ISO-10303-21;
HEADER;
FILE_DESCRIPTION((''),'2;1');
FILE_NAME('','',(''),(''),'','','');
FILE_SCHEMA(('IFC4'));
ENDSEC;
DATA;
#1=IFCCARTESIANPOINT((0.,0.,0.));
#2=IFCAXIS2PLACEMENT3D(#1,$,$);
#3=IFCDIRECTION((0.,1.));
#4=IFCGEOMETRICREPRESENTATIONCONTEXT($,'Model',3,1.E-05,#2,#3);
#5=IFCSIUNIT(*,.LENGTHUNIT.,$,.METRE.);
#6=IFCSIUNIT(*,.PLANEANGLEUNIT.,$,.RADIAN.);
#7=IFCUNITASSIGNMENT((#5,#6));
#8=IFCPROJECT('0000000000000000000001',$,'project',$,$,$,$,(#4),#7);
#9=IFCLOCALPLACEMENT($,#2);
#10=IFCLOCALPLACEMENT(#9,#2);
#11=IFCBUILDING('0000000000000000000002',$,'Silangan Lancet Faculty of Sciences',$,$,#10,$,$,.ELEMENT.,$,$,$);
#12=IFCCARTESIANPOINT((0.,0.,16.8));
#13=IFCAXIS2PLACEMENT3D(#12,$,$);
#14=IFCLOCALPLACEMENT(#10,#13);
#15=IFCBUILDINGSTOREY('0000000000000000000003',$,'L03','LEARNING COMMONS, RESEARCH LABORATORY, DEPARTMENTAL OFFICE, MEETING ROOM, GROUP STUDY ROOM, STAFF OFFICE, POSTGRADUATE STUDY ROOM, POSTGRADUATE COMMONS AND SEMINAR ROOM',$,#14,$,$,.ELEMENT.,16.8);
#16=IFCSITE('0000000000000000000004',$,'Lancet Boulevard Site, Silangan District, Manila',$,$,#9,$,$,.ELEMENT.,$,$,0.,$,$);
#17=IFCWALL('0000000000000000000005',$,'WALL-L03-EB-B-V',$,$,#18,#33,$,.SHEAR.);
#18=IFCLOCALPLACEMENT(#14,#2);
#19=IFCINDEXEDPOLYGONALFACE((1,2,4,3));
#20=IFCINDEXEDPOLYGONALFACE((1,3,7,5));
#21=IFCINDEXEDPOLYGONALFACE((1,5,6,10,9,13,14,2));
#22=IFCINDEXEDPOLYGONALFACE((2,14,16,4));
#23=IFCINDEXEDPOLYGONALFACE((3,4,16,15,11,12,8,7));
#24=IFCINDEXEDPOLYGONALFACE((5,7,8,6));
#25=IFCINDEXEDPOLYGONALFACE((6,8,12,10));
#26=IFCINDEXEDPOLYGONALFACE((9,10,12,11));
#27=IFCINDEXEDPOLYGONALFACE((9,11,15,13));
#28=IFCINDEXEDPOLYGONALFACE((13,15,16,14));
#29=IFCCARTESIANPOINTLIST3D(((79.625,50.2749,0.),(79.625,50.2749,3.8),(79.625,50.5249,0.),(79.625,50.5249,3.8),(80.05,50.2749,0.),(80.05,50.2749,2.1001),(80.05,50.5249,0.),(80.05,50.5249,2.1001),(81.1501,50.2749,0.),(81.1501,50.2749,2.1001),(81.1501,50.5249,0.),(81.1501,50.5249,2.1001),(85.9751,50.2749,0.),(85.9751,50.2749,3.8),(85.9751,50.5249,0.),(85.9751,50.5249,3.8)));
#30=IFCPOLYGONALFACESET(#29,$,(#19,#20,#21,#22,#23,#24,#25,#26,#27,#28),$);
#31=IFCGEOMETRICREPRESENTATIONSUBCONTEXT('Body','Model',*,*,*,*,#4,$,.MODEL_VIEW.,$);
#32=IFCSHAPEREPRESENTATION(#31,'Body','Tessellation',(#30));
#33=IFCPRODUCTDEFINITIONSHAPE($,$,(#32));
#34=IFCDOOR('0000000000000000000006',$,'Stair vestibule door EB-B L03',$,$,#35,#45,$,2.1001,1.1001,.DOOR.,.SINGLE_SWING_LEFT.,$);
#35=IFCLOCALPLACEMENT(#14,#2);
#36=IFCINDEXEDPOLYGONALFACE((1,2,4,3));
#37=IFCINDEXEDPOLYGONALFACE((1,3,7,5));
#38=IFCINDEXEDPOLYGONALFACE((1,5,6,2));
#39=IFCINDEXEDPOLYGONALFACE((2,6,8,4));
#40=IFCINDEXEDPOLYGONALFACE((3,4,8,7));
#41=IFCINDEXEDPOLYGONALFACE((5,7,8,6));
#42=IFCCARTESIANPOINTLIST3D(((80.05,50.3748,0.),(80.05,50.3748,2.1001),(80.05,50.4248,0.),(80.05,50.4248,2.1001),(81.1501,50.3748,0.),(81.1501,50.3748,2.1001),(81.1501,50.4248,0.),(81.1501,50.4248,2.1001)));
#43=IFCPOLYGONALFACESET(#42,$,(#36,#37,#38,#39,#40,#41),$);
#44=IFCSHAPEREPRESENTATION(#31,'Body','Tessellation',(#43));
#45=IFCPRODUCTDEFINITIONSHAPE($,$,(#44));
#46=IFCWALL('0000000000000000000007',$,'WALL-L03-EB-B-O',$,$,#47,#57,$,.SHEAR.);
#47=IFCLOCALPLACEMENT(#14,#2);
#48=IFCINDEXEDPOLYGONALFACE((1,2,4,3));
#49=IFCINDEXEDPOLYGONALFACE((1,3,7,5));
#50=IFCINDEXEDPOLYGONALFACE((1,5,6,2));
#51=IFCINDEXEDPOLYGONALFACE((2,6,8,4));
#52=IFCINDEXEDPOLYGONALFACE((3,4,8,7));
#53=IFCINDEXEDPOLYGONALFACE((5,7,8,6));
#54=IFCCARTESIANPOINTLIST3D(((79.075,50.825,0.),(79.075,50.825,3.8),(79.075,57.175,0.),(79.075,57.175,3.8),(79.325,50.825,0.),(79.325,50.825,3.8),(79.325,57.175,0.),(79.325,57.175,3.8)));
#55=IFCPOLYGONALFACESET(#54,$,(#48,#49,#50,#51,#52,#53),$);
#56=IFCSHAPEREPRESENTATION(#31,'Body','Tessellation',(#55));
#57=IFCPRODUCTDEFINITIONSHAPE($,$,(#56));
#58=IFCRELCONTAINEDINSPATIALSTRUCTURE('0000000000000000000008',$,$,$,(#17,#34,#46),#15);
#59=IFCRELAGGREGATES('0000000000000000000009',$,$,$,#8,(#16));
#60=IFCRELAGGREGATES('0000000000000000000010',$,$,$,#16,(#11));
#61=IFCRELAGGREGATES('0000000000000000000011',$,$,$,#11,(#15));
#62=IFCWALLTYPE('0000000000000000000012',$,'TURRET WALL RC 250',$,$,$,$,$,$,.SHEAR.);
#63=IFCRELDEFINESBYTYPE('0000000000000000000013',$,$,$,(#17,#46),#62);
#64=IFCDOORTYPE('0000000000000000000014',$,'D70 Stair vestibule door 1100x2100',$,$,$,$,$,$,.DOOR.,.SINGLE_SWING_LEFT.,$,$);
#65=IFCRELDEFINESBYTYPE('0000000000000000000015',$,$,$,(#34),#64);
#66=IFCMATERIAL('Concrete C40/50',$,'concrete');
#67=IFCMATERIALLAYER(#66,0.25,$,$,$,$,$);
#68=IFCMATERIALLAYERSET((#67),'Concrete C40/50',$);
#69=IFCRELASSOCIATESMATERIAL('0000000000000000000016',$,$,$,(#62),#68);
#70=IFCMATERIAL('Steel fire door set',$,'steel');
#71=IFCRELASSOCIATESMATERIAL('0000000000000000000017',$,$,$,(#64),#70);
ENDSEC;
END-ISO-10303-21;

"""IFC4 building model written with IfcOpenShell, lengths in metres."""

from ifc_helpers import new_model, si_unit, direction, frame, frame_2d, origin, place, context, subcontext, project, spatial, rectangle, extrude, material, layer, layer_set, type_object, element, fill, save


model = new_model("IFC4")

# Units and contexts
model_context = context("Model", 3, precision=1e-05, world=origin(), true_north=direction((0.0, 1.0)))
body_context = subcontext(model_context, "Body", "Model", "MODEL_VIEW")
ifc_project = project(units=[si_unit("LENGTHUNIT", "METRE"), si_unit("PLANEANGLEUNIT", "RADIAN")], contexts=[model_context])

# Site, building, storey
site_placement = place(None, origin())
site = spatial("IfcSite", under=ifc_project, at=site_placement, Name="Lancet Boulevard Site, Silangan District, Manila", CompositionType="ELEMENT", RefElevation=0.0)
building_placement = place(site_placement, origin())
building = spatial("IfcBuilding", under=site, at=building_placement, Name="Silangan Lancet Faculty of Sciences", CompositionType="ELEMENT")
storey_placement = place(building_placement, frame((0.0, 0.0, 16.8)))
storey = spatial("IfcBuildingStorey", under=building, at=storey_placement, Name="L03", Description="LEARNING COMMONS, RESEARCH LABORATORY, DEPARTMENTAL OFFICE, MEETING ROOM, GROUP STUDY ROOM, STAFF OFFICE, POSTGRADUATE STUDY ROOM, POSTGRADUATE COMMONS AND SEMINAR ROOM", CompositionType="ELEMENT", Elevation=16.8)

# Wall, opening, door
ifc_material_1 = material(Name="Concrete C40/50", Category="concrete")
ifc_layer_1 = layer(ifc_material_1, 0.25)
ifc_layer_set_1 = layer_set([ifc_layer_1], Name="Concrete C40/50")
wall_type_1 = type_object("IfcWallType", Name="TURRET WALL RC 250", PredefinedType="SHEAR", material=ifc_layer_set_1)
wall_1_placement = place(storey_placement, frame((79.625, 50.3999, 0.0), z_axis=(0.0, 0.0, 1.0), x_axis=(1.0, 0.0, 0.0)))
wall_1 = element("IfcWall", 1, at=wall_1_placement, inside=storey, type_object=wall_type_1, Name="WALL-L03-EB-B-V", PredefinedType="SHEAR", context=body_context, shape_type="SweptSolid", body=[
    extrude(rectangle(XDim=6.3501, YDim=0.25, at=frame_2d((3.175, 0.0))), origin(), (0.0, 0.0, 1.0), 3.8),
])
opening_1_placement = place(wall_1_placement, frame((0.425, 0.0, 0.0)))
opening_1 = element("IfcOpeningElement", 2, at=opening_1_placement, cuts=wall_1, PredefinedType="OPENING", context=body_context, shape_type="SweptSolid", body=[
    extrude(rectangle(XDim=1.1001, YDim=2.1001, at=frame_2d((0.55, 1.05))), frame((0.0, 0.135, 0.0), z_axis=(0.0, -1.0, 0.0), x_axis=(1.0, 0.0, 0.0)), (0.0, 0.0, 1.0), 0.27),
])
ifc_material_2 = material(Name="Steel fire door set", Category="steel")
door_type_1 = type_object("IfcDoorType", Name="D70 Stair vestibule door 1100x2100", OperationType="SINGLE_SWING_LEFT", PredefinedType="DOOR", material=ifc_material_2)
door_1_placement = place(opening_1_placement, origin())
door_1 = element("IfcDoor", 3, at=door_1_placement, inside=storey, type_object=door_type_1, Name="Stair vestibule door EB-B L03", OperationType="SINGLE_SWING_LEFT", OverallHeight=2.1001, OverallWidth=1.1001, PredefinedType="DOOR", context=body_context, shape_type="SweptSolid", body=[
    extrude(rectangle(XDim=1.1001, YDim=2.1001, at=frame_2d((0.55, 1.05))), frame((0.0, 0.0249, 0.0), z_axis=(0.0, -1.0, 0.0), x_axis=(1.0, 0.0, 0.0)), (0.0, 0.0, 1.0), 0.05),
])
fill(opening_1, door_1)

# Wall
wall_2_placement = place(storey_placement, frame((79.2, 50.825, 0.0), z_axis=(0.0, 0.0, 1.0), x_axis=(0.0, 1.0, 0.0)))
element("IfcWall", 4, at=wall_2_placement, inside=storey, type_object=wall_type_1, Name="WALL-L03-EB-B-O", PredefinedType="SHEAR", context=body_context, shape_type="SweptSolid", body=[
    extrude(rectangle(XDim=6.3501, YDim=0.25, at=frame_2d((3.175, 0.0))), origin(), (0.0, 0.0, 1.0), 3.8),
])

save(model, "model.ifc")
